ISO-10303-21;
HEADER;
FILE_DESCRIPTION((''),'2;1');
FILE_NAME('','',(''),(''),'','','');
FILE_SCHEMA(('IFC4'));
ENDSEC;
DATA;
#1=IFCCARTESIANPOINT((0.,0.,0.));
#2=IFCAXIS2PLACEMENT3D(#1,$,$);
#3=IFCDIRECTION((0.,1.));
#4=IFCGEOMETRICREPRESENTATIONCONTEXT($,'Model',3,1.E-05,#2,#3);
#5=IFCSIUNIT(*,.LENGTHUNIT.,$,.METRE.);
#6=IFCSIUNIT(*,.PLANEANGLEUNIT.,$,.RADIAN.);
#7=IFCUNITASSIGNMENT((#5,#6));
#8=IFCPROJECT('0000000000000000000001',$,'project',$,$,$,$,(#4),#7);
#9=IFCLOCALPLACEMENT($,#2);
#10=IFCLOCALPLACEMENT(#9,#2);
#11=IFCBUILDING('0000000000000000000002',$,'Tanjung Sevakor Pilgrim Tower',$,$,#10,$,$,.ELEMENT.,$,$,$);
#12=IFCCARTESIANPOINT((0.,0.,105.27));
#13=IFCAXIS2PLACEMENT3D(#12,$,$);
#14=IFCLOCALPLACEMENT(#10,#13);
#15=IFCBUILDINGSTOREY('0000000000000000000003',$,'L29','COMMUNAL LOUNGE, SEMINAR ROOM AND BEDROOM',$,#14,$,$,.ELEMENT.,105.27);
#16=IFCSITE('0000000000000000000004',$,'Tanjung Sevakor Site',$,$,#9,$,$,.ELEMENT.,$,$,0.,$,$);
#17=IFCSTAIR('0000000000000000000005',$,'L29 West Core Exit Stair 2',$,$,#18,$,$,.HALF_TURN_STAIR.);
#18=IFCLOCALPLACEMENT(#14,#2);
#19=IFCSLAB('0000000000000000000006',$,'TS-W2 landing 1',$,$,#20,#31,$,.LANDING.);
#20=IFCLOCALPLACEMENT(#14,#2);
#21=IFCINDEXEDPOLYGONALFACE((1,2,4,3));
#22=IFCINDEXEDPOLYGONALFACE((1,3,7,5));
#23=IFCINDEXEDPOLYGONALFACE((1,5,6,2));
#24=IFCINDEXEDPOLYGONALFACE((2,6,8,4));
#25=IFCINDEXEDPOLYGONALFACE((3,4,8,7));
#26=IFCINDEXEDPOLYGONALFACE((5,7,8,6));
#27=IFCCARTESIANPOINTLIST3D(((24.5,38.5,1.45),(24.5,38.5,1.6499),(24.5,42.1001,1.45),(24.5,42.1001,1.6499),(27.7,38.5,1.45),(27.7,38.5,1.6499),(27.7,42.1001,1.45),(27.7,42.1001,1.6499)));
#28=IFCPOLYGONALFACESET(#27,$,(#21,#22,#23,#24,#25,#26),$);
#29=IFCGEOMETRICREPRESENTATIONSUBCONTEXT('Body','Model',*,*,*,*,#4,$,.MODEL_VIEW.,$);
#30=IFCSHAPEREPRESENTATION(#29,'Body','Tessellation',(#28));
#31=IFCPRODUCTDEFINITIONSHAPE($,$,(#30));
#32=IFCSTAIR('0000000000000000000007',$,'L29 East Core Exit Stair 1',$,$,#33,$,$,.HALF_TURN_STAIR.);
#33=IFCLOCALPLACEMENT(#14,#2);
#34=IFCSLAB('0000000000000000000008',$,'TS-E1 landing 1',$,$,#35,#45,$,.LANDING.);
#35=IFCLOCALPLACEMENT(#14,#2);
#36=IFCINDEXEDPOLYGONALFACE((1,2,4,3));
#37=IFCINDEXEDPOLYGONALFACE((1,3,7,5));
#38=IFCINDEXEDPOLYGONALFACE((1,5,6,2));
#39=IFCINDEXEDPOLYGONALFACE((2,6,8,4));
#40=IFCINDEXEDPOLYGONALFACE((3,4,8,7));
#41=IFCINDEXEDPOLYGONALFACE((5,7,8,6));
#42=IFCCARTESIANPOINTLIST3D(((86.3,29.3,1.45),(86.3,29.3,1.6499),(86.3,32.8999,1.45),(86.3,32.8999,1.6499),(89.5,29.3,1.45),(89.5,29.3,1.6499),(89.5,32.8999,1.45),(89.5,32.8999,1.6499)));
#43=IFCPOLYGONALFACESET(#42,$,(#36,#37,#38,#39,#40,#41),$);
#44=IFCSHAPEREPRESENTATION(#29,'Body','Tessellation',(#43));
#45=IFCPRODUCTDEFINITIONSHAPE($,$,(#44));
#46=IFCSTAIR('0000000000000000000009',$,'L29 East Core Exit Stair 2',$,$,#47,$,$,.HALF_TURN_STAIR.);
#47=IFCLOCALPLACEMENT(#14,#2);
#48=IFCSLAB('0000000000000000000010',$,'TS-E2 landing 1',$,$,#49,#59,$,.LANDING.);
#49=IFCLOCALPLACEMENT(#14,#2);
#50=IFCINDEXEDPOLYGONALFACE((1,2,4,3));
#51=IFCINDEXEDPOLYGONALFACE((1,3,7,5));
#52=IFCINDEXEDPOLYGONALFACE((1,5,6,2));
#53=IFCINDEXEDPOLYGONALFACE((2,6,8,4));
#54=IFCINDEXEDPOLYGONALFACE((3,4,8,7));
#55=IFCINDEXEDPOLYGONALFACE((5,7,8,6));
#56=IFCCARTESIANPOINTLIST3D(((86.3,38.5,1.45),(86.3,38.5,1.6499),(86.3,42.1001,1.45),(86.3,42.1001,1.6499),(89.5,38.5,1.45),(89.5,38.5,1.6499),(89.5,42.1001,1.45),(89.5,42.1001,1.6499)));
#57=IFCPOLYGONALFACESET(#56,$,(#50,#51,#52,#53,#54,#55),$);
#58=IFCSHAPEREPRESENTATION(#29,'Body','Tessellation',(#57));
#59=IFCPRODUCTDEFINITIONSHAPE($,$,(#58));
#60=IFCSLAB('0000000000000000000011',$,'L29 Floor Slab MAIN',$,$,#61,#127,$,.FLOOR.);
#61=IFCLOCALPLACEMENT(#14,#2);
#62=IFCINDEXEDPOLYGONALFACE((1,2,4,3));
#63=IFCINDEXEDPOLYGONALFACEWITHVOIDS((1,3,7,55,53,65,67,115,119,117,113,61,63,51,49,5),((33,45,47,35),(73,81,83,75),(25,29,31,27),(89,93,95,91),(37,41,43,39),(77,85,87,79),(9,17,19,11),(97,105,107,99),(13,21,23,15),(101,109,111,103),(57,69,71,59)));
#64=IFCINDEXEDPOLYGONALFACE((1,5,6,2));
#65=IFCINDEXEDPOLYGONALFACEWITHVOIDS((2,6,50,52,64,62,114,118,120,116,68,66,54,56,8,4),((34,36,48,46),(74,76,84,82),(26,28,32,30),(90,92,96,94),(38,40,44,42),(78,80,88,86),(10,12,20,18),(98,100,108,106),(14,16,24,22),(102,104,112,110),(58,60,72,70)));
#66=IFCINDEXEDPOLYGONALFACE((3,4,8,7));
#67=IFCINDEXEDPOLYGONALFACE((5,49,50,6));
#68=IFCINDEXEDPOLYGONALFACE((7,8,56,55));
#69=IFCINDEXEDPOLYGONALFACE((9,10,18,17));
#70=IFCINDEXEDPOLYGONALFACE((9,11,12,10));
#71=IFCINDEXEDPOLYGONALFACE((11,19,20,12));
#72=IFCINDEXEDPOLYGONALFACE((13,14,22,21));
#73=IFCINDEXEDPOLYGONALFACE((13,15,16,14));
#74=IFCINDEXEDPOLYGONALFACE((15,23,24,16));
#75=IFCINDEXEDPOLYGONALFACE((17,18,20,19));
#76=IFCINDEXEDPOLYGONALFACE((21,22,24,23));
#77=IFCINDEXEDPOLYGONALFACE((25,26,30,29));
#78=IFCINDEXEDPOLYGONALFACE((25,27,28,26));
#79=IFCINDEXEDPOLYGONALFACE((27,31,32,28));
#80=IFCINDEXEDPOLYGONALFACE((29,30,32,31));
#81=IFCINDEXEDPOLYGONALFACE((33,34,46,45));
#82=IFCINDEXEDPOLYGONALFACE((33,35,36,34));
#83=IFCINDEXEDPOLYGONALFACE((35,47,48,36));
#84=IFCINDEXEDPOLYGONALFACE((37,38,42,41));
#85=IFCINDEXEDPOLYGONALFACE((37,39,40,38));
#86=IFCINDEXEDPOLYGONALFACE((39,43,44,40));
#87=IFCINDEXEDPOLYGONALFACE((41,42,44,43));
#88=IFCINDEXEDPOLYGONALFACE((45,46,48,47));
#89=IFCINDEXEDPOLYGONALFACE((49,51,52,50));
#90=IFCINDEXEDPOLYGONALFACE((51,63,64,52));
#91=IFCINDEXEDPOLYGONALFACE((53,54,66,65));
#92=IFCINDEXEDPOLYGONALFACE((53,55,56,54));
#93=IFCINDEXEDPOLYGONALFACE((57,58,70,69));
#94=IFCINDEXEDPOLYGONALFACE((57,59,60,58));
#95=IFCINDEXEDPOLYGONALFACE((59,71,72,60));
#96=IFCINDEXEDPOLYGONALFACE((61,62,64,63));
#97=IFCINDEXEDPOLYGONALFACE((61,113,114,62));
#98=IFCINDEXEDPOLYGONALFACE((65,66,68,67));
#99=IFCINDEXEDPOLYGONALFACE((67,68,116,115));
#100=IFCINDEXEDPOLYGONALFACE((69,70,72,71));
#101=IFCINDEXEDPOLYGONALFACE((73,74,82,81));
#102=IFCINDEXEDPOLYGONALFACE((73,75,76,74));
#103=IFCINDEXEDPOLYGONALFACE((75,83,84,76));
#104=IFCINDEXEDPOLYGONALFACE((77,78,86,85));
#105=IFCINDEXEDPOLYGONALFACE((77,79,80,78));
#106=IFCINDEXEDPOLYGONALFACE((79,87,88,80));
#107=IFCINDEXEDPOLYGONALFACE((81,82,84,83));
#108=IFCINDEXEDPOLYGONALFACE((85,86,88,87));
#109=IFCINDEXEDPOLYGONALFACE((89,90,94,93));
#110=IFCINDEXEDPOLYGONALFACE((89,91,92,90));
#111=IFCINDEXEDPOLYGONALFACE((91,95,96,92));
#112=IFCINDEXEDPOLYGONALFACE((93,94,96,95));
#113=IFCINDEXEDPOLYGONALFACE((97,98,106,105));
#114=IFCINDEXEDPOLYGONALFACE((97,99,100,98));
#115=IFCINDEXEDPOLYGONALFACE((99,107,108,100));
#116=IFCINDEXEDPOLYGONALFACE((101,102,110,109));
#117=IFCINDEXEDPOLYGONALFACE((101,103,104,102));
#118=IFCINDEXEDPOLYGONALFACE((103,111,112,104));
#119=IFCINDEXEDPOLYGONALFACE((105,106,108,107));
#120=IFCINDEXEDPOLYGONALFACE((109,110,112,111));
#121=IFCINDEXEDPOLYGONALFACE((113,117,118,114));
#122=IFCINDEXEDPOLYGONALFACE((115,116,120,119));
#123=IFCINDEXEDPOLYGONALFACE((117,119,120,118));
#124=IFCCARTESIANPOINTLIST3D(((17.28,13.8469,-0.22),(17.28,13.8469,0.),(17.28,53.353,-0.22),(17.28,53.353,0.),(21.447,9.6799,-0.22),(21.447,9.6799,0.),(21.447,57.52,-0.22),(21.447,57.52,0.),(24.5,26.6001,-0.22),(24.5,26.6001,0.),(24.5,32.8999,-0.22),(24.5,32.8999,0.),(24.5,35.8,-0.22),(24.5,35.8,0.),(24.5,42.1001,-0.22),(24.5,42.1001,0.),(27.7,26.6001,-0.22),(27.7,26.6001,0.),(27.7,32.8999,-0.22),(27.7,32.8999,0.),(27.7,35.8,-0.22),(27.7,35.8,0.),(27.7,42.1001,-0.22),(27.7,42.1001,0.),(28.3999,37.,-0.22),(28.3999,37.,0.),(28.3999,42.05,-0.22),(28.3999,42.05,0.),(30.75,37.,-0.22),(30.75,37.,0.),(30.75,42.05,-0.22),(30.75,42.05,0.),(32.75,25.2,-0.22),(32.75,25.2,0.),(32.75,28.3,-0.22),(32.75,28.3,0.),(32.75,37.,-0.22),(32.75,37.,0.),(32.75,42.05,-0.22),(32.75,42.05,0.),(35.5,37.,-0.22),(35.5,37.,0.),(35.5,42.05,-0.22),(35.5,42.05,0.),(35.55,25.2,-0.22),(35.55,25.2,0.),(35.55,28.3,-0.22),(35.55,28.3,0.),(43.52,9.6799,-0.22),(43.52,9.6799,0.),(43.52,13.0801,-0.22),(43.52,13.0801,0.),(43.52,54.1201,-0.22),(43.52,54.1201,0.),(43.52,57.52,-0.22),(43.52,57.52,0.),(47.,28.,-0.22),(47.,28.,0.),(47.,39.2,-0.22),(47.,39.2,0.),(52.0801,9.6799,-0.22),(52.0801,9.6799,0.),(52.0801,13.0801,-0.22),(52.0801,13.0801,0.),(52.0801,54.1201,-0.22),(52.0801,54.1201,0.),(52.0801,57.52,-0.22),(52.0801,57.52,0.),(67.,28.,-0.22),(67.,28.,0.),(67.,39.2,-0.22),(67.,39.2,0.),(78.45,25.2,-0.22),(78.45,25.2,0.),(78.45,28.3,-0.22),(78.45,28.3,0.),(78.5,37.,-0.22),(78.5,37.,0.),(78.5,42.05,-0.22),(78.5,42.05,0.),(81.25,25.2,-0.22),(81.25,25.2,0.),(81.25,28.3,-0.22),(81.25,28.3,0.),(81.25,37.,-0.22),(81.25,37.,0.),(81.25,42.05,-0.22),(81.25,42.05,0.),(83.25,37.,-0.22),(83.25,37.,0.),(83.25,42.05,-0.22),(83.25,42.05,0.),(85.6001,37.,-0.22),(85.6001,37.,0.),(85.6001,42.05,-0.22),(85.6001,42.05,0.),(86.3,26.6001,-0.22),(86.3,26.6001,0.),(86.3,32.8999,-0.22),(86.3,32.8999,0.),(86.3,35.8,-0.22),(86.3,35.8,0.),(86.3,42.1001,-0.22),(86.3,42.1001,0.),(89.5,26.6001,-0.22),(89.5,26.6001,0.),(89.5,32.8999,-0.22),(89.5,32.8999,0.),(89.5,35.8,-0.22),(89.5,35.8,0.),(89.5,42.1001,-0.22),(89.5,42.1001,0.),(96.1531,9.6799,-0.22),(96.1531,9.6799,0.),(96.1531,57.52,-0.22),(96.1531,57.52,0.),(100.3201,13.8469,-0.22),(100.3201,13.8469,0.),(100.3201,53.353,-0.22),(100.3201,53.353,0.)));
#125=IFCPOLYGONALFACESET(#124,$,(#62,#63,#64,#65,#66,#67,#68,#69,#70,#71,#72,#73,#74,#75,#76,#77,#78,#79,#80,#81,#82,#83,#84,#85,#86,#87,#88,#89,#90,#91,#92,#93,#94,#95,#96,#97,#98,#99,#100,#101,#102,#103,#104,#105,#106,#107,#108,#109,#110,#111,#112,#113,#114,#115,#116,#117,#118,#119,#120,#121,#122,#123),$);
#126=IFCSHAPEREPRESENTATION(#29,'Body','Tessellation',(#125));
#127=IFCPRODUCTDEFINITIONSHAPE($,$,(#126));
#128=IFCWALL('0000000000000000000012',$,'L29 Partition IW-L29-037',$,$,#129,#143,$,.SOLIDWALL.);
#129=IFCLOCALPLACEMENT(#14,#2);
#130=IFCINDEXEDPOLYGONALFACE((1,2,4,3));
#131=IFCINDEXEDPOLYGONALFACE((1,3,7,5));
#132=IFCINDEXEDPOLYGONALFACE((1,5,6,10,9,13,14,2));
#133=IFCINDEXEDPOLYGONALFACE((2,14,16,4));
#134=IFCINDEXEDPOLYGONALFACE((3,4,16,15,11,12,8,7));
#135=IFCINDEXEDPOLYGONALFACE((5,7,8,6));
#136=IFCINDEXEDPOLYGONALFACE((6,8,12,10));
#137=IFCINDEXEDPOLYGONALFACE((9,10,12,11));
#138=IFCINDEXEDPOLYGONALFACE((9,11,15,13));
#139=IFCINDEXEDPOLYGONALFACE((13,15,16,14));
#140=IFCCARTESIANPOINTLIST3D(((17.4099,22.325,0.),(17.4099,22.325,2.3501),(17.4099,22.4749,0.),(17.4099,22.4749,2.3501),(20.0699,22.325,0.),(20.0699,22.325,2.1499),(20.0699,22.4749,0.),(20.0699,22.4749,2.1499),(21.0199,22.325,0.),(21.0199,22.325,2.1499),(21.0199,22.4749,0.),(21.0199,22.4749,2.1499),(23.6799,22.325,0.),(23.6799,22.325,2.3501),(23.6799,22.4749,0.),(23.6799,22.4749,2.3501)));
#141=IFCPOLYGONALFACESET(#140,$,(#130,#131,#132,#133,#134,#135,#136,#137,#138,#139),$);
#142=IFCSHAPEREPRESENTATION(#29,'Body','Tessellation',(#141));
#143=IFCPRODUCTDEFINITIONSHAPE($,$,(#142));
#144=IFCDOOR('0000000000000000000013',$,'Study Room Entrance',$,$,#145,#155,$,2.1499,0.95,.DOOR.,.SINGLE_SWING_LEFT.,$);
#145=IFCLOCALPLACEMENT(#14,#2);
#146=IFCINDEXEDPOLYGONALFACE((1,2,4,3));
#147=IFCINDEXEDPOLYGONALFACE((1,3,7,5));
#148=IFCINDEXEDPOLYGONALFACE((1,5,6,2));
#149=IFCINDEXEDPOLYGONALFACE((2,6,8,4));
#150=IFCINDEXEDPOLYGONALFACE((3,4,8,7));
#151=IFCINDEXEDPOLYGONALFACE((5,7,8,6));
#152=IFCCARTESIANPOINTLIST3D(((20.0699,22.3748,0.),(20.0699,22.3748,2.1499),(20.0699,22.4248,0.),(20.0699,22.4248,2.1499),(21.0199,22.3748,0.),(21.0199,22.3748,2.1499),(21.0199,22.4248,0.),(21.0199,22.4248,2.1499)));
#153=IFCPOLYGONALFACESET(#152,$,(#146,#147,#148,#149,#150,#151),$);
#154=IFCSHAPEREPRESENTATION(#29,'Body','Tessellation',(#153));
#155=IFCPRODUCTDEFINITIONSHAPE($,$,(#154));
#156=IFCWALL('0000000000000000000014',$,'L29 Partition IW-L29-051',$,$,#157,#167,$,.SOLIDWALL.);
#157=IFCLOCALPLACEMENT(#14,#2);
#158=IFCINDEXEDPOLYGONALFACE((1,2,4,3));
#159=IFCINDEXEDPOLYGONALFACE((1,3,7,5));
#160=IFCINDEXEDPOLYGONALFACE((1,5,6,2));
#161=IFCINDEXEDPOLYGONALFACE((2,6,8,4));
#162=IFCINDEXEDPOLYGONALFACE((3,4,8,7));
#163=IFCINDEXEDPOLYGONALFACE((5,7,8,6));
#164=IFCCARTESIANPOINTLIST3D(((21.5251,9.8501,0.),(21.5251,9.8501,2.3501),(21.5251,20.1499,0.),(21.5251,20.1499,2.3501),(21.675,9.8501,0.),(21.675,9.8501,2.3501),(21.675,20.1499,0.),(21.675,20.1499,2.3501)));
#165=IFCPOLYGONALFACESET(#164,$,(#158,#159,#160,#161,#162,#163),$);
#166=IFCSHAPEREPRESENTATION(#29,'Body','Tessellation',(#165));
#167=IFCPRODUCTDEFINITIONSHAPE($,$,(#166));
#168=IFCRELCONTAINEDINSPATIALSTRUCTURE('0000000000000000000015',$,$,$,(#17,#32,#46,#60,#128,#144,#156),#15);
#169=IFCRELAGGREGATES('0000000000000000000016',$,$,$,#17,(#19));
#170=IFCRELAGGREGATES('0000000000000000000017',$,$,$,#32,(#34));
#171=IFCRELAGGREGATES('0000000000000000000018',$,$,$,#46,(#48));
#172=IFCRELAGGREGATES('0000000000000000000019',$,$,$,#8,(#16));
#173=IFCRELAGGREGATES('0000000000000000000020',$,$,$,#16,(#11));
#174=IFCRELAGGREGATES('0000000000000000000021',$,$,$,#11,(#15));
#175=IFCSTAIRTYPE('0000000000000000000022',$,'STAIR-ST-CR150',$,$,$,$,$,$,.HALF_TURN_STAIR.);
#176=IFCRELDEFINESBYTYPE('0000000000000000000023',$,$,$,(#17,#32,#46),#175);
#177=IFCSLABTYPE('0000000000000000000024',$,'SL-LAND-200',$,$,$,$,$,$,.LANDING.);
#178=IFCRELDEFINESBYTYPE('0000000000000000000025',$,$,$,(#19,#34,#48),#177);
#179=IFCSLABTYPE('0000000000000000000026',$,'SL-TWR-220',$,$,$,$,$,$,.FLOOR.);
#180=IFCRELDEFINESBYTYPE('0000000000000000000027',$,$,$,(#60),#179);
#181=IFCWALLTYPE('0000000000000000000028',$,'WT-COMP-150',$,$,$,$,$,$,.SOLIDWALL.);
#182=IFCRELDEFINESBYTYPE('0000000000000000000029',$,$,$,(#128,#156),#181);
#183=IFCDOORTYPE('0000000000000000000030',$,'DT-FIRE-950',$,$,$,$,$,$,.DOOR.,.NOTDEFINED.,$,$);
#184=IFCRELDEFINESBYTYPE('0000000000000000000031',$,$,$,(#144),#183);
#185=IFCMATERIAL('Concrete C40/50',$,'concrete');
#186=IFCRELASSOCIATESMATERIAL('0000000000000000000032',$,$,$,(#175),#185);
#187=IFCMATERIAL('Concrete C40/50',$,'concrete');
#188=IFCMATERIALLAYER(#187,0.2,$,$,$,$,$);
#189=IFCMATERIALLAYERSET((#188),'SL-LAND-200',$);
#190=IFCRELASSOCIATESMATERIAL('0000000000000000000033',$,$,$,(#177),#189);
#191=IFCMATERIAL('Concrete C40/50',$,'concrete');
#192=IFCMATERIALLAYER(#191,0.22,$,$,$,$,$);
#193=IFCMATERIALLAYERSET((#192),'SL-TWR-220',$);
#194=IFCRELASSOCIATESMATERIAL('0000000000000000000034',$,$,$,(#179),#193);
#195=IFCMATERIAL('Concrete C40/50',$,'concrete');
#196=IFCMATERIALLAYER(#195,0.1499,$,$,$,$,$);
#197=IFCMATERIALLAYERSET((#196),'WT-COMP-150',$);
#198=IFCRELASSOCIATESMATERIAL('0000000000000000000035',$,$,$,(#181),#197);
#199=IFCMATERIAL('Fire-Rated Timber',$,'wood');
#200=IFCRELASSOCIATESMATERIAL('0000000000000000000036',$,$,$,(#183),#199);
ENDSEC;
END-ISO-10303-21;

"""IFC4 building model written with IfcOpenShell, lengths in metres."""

from ifc_helpers import new_model, si_unit, direction, frame, frame_2d, origin, place, context, subcontext, project, spatial, polyline, rectangle, outline, extrude, material, layer, layer_set, type_object, element, fill, aggregate, save


model = new_model("IFC4")

# Units and contexts
model_context = context("Model", 3, precision=1e-05, world=origin(), true_north=direction((0.0, 1.0)))
body_context = subcontext(model_context, "Body", "Model", "MODEL_VIEW")
ifc_project = project(units=[si_unit("LENGTHUNIT", "METRE"), si_unit("PLANEANGLEUNIT", "RADIAN")], contexts=[model_context])

# Site, building, storey
site_placement = place(None, origin())
site = spatial("IfcSite", under=ifc_project, at=site_placement, Name="Tanjung Sevakor Site", CompositionType="ELEMENT", RefElevation=0.0)
building_placement = place(site_placement, origin())
building = spatial("IfcBuilding", under=site, at=building_placement, Name="Tanjung Sevakor Pilgrim Tower", CompositionType="ELEMENT")
storey_placement = place(building_placement, frame((0.0, 0.0, 105.27)))
storey = spatial("IfcBuildingStorey", under=building, at=storey_placement, Name="L29", Description="COMMUNAL LOUNGE, SEMINAR ROOM AND BEDROOM", CompositionType="ELEMENT", Elevation=105.27)

# Stairs, slabs
ifc_material_1 = material(Name="Concrete C40/50", Category="concrete")
stair_type = type_object("IfcStairType", Name="STAIR-ST-CR150", PredefinedType="HALF_TURN_STAIR", material=ifc_material_1)
ifc_material_2 = material(Name="Concrete C40/50", Category="concrete")
ifc_layer_1 = layer(ifc_material_2, 0.2)
ifc_layer_set_1 = layer_set([ifc_layer_1], Name="SL-LAND-200")
slab_type_1 = type_object("IfcSlabType", Name="SL-LAND-200", PredefinedType="LANDING", material=ifc_layer_set_1)
stair_1_placement = place(storey_placement, origin())
stair_1 = element("IfcStair", 1, at=stair_1_placement, inside=storey, type_object=stair_type, Name="L29 West Core Exit Stair 2", PredefinedType="HALF_TURN_STAIR")
slab_1_placement = place(storey_placement, frame((0.0, 0.0, 1.45)))
slab_1 = element("IfcSlab", 2, at=slab_1_placement, type_object=slab_type_1, Name="TS-W2 landing 1", PredefinedType="LANDING", context=body_context, shape_type="SweptSolid", body=[
    extrude(outline(polyline([(27.7, 38.5), (27.7, 42.1001), (24.5, 42.1001), (24.5, 38.5), (27.7, 38.5)])), origin(), (0.0, 0.0, 1.0), 0.2),
])
aggregate(stair_1, [slab_1])
stair_2_placement = place(storey_placement, origin())
stair_2 = element("IfcStair", 3, at=stair_2_placement, inside=storey, type_object=stair_type, Name="L29 East Core Exit Stair 1", PredefinedType="HALF_TURN_STAIR")
slab_2_placement = place(storey_placement, frame((0.0, 0.0, 1.45)))
slab_2 = element("IfcSlab", 4, at=slab_2_placement, type_object=slab_type_1, Name="TS-E1 landing 1", PredefinedType="LANDING", context=body_context, shape_type="SweptSolid", body=[
    extrude(outline(polyline([(89.5, 29.3), (89.5, 32.8999), (86.3, 32.8999), (86.3, 29.3), (89.5, 29.3)])), origin(), (0.0, 0.0, 1.0), 0.2),
])
aggregate(stair_2, [slab_2])
stair_3_placement = place(storey_placement, origin())
stair_3 = element("IfcStair", 5, at=stair_3_placement, inside=storey, type_object=stair_type, Name="L29 East Core Exit Stair 2", PredefinedType="HALF_TURN_STAIR")
slab_3_placement = place(storey_placement, frame((0.0, 0.0, 1.45)))
slab_3 = element("IfcSlab", 6, at=slab_3_placement, type_object=slab_type_1, Name="TS-E2 landing 1", PredefinedType="LANDING", context=body_context, shape_type="SweptSolid", body=[
    extrude(outline(polyline([(89.5, 38.5), (89.5, 42.1001), (86.3, 42.1001), (86.3, 38.5), (89.5, 38.5)])), origin(), (0.0, 0.0, 1.0), 0.2),
])
aggregate(stair_3, [slab_3])

# Slab
ifc_material_3 = material(Name="Concrete C40/50", Category="concrete")
ifc_layer_2 = layer(ifc_material_3, 0.22)
ifc_layer_set_2 = layer_set([ifc_layer_2], Name="SL-TWR-220")
slab_type_2 = type_object("IfcSlabType", Name="SL-TWR-220", PredefinedType="FLOOR", material=ifc_layer_set_2)
slab_4_placement = place(storey_placement, frame((0.0, 0.0, -0.22)))
element("IfcSlab", 7, at=slab_4_placement, inside=storey, type_object=slab_type_2, Name="L29 Floor Slab MAIN", PredefinedType="FLOOR", context=body_context, shape_type="SweptSolid", body=[
    extrude(outline(polyline([(21.447, 9.6799), (43.52, 9.6799), (43.52, 13.0801), (52.0801, 13.0801), (52.0801, 9.6799), (96.1531, 9.6799), (100.3201, 13.8469), (100.3201, 53.353), (96.1531, 57.52), (52.0801, 57.52), (52.0801, 54.1201), (43.52, 54.1201), (43.52, 57.52), (21.447, 57.52), (17.28, 53.353), (17.28, 13.8469), (21.447, 9.6799)]), holes=[polyline([(27.7, 26.6001), (27.7, 32.8999), (24.5, 32.8999), (24.5, 26.6001), (27.7, 26.6001)]), polyline([(27.7, 35.8), (27.7, 42.1001), (24.5, 42.1001), (24.5, 35.8), (27.7, 35.8)]), polyline([(89.5, 26.6001), (89.5, 32.8999), (86.3, 32.8999), (86.3, 26.6001), (89.5, 26.6001)]), polyline([(89.5, 35.8), (89.5, 42.1001), (86.3, 42.1001), (86.3, 35.8), (89.5, 35.8)]), polyline([(32.75, 25.2), (35.55, 25.2), (35.55, 28.3), (32.75, 28.3), (32.75, 25.2)]), polyline([(28.3999, 37.0), (30.75, 37.0), (30.75, 42.05), (28.3999, 42.05), (28.3999, 37.0)]), polyline([(32.75, 37.0), (35.5, 37.0), (35.5, 42.05), (32.75, 42.05), (32.75, 37.0)]), polyline([(78.45, 25.2), (81.25, 25.2), (81.25, 28.3), (78.45, 28.3), (78.45, 25.2)]), polyline([(83.25, 37.0), (85.6001, 37.0), (85.6001, 42.05), (83.25, 42.05), (83.25, 37.0)]), polyline([(78.5, 37.0), (81.25, 37.0), (81.25, 42.05), (78.5, 42.05), (78.5, 37.0)]), polyline([(47.0, 28.0), (67.0, 28.0), (67.0, 39.2), (47.0, 39.2), (47.0, 28.0)])]), origin(), (0.0, 0.0, 1.0), 0.22),
])

# Wall, opening, door
ifc_material_4 = material(Name="Concrete C40/50", Category="concrete")
ifc_layer_3 = layer(ifc_material_4, 0.1499)
ifc_layer_set_3 = layer_set([ifc_layer_3], Name="WT-COMP-150")
wall_type_1 = type_object("IfcWallType", Name="WT-COMP-150", PredefinedType="SOLIDWALL", material=ifc_layer_set_3)
wall_1_placement = place(storey_placement, frame((17.4099, 22.3999, 0.0), z_axis=(0.0, 0.0, 1.0), x_axis=(1.0, 0.0, 0.0)))
wall_1 = element("IfcWall", 8, at=wall_1_placement, inside=storey, type_object=wall_type_1, Name="L29 Partition IW-L29-037", PredefinedType="SOLIDWALL", context=body_context, shape_type="SweptSolid", body=[
    extrude(rectangle(XDim=6.27, YDim=0.1499, at=frame_2d((3.135, 0.0))), origin(), (0.0, 0.0, 1.0), 2.3501),
])
opening_1_placement = place(wall_1_placement, frame((2.6599, 0.0, 0.0)))
opening_1 = element("IfcOpeningElement", 9, at=opening_1_placement, cuts=wall_1, PredefinedType="OPENING", context=body_context, shape_type="SweptSolid", body=[
    extrude(rectangle(XDim=0.95, YDim=2.1499, at=frame_2d((0.4751, 1.075))), frame((0.0, 0.085, 0.0), z_axis=(0.0, -1.0, 0.0), x_axis=(1.0, 0.0, 0.0)), (0.0, 0.0, 1.0), 0.1699),
])
ifc_material_5 = material(Name="Fire-Rated Timber", Category="wood")
door_type_1 = type_object("IfcDoorType", Name="DT-FIRE-950", OperationType="NOTDEFINED", PredefinedType="DOOR", material=ifc_material_5)
door_1_placement = place(opening_1_placement, origin())
door_1 = element("IfcDoor", 10, at=door_1_placement, inside=storey, type_object=door_type_1, Name="Study Room Entrance", OperationType="SINGLE_SWING_LEFT", OverallHeight=2.1499, OverallWidth=0.95, PredefinedType="DOOR", context=body_context, shape_type="SweptSolid", body=[
    extrude(rectangle(XDim=0.95, YDim=2.1499, at=frame_2d((0.4751, 1.075))), frame((0.0, 0.0249, 0.0), z_axis=(0.0, -1.0, 0.0), x_axis=(1.0, 0.0, 0.0)), (0.0, 0.0, 1.0), 0.05),
])
fill(opening_1, door_1)

# Wall
wall_2_placement = place(storey_placement, frame((21.6001, 9.8501, 0.0), z_axis=(0.0, 0.0, 1.0), x_axis=(0.0, 1.0, 0.0)))
element("IfcWall", 11, at=wall_2_placement, inside=storey, type_object=wall_type_1, Name="L29 Partition IW-L29-051", PredefinedType="SOLIDWALL", context=body_context, shape_type="SweptSolid", body=[
    extrude(rectangle(XDim=10.2998, YDim=0.1499, at=frame_2d((5.1499, 0.0))), origin(), (0.0, 0.0, 1.0), 2.3501),
])

save(model, "model.ifc")
